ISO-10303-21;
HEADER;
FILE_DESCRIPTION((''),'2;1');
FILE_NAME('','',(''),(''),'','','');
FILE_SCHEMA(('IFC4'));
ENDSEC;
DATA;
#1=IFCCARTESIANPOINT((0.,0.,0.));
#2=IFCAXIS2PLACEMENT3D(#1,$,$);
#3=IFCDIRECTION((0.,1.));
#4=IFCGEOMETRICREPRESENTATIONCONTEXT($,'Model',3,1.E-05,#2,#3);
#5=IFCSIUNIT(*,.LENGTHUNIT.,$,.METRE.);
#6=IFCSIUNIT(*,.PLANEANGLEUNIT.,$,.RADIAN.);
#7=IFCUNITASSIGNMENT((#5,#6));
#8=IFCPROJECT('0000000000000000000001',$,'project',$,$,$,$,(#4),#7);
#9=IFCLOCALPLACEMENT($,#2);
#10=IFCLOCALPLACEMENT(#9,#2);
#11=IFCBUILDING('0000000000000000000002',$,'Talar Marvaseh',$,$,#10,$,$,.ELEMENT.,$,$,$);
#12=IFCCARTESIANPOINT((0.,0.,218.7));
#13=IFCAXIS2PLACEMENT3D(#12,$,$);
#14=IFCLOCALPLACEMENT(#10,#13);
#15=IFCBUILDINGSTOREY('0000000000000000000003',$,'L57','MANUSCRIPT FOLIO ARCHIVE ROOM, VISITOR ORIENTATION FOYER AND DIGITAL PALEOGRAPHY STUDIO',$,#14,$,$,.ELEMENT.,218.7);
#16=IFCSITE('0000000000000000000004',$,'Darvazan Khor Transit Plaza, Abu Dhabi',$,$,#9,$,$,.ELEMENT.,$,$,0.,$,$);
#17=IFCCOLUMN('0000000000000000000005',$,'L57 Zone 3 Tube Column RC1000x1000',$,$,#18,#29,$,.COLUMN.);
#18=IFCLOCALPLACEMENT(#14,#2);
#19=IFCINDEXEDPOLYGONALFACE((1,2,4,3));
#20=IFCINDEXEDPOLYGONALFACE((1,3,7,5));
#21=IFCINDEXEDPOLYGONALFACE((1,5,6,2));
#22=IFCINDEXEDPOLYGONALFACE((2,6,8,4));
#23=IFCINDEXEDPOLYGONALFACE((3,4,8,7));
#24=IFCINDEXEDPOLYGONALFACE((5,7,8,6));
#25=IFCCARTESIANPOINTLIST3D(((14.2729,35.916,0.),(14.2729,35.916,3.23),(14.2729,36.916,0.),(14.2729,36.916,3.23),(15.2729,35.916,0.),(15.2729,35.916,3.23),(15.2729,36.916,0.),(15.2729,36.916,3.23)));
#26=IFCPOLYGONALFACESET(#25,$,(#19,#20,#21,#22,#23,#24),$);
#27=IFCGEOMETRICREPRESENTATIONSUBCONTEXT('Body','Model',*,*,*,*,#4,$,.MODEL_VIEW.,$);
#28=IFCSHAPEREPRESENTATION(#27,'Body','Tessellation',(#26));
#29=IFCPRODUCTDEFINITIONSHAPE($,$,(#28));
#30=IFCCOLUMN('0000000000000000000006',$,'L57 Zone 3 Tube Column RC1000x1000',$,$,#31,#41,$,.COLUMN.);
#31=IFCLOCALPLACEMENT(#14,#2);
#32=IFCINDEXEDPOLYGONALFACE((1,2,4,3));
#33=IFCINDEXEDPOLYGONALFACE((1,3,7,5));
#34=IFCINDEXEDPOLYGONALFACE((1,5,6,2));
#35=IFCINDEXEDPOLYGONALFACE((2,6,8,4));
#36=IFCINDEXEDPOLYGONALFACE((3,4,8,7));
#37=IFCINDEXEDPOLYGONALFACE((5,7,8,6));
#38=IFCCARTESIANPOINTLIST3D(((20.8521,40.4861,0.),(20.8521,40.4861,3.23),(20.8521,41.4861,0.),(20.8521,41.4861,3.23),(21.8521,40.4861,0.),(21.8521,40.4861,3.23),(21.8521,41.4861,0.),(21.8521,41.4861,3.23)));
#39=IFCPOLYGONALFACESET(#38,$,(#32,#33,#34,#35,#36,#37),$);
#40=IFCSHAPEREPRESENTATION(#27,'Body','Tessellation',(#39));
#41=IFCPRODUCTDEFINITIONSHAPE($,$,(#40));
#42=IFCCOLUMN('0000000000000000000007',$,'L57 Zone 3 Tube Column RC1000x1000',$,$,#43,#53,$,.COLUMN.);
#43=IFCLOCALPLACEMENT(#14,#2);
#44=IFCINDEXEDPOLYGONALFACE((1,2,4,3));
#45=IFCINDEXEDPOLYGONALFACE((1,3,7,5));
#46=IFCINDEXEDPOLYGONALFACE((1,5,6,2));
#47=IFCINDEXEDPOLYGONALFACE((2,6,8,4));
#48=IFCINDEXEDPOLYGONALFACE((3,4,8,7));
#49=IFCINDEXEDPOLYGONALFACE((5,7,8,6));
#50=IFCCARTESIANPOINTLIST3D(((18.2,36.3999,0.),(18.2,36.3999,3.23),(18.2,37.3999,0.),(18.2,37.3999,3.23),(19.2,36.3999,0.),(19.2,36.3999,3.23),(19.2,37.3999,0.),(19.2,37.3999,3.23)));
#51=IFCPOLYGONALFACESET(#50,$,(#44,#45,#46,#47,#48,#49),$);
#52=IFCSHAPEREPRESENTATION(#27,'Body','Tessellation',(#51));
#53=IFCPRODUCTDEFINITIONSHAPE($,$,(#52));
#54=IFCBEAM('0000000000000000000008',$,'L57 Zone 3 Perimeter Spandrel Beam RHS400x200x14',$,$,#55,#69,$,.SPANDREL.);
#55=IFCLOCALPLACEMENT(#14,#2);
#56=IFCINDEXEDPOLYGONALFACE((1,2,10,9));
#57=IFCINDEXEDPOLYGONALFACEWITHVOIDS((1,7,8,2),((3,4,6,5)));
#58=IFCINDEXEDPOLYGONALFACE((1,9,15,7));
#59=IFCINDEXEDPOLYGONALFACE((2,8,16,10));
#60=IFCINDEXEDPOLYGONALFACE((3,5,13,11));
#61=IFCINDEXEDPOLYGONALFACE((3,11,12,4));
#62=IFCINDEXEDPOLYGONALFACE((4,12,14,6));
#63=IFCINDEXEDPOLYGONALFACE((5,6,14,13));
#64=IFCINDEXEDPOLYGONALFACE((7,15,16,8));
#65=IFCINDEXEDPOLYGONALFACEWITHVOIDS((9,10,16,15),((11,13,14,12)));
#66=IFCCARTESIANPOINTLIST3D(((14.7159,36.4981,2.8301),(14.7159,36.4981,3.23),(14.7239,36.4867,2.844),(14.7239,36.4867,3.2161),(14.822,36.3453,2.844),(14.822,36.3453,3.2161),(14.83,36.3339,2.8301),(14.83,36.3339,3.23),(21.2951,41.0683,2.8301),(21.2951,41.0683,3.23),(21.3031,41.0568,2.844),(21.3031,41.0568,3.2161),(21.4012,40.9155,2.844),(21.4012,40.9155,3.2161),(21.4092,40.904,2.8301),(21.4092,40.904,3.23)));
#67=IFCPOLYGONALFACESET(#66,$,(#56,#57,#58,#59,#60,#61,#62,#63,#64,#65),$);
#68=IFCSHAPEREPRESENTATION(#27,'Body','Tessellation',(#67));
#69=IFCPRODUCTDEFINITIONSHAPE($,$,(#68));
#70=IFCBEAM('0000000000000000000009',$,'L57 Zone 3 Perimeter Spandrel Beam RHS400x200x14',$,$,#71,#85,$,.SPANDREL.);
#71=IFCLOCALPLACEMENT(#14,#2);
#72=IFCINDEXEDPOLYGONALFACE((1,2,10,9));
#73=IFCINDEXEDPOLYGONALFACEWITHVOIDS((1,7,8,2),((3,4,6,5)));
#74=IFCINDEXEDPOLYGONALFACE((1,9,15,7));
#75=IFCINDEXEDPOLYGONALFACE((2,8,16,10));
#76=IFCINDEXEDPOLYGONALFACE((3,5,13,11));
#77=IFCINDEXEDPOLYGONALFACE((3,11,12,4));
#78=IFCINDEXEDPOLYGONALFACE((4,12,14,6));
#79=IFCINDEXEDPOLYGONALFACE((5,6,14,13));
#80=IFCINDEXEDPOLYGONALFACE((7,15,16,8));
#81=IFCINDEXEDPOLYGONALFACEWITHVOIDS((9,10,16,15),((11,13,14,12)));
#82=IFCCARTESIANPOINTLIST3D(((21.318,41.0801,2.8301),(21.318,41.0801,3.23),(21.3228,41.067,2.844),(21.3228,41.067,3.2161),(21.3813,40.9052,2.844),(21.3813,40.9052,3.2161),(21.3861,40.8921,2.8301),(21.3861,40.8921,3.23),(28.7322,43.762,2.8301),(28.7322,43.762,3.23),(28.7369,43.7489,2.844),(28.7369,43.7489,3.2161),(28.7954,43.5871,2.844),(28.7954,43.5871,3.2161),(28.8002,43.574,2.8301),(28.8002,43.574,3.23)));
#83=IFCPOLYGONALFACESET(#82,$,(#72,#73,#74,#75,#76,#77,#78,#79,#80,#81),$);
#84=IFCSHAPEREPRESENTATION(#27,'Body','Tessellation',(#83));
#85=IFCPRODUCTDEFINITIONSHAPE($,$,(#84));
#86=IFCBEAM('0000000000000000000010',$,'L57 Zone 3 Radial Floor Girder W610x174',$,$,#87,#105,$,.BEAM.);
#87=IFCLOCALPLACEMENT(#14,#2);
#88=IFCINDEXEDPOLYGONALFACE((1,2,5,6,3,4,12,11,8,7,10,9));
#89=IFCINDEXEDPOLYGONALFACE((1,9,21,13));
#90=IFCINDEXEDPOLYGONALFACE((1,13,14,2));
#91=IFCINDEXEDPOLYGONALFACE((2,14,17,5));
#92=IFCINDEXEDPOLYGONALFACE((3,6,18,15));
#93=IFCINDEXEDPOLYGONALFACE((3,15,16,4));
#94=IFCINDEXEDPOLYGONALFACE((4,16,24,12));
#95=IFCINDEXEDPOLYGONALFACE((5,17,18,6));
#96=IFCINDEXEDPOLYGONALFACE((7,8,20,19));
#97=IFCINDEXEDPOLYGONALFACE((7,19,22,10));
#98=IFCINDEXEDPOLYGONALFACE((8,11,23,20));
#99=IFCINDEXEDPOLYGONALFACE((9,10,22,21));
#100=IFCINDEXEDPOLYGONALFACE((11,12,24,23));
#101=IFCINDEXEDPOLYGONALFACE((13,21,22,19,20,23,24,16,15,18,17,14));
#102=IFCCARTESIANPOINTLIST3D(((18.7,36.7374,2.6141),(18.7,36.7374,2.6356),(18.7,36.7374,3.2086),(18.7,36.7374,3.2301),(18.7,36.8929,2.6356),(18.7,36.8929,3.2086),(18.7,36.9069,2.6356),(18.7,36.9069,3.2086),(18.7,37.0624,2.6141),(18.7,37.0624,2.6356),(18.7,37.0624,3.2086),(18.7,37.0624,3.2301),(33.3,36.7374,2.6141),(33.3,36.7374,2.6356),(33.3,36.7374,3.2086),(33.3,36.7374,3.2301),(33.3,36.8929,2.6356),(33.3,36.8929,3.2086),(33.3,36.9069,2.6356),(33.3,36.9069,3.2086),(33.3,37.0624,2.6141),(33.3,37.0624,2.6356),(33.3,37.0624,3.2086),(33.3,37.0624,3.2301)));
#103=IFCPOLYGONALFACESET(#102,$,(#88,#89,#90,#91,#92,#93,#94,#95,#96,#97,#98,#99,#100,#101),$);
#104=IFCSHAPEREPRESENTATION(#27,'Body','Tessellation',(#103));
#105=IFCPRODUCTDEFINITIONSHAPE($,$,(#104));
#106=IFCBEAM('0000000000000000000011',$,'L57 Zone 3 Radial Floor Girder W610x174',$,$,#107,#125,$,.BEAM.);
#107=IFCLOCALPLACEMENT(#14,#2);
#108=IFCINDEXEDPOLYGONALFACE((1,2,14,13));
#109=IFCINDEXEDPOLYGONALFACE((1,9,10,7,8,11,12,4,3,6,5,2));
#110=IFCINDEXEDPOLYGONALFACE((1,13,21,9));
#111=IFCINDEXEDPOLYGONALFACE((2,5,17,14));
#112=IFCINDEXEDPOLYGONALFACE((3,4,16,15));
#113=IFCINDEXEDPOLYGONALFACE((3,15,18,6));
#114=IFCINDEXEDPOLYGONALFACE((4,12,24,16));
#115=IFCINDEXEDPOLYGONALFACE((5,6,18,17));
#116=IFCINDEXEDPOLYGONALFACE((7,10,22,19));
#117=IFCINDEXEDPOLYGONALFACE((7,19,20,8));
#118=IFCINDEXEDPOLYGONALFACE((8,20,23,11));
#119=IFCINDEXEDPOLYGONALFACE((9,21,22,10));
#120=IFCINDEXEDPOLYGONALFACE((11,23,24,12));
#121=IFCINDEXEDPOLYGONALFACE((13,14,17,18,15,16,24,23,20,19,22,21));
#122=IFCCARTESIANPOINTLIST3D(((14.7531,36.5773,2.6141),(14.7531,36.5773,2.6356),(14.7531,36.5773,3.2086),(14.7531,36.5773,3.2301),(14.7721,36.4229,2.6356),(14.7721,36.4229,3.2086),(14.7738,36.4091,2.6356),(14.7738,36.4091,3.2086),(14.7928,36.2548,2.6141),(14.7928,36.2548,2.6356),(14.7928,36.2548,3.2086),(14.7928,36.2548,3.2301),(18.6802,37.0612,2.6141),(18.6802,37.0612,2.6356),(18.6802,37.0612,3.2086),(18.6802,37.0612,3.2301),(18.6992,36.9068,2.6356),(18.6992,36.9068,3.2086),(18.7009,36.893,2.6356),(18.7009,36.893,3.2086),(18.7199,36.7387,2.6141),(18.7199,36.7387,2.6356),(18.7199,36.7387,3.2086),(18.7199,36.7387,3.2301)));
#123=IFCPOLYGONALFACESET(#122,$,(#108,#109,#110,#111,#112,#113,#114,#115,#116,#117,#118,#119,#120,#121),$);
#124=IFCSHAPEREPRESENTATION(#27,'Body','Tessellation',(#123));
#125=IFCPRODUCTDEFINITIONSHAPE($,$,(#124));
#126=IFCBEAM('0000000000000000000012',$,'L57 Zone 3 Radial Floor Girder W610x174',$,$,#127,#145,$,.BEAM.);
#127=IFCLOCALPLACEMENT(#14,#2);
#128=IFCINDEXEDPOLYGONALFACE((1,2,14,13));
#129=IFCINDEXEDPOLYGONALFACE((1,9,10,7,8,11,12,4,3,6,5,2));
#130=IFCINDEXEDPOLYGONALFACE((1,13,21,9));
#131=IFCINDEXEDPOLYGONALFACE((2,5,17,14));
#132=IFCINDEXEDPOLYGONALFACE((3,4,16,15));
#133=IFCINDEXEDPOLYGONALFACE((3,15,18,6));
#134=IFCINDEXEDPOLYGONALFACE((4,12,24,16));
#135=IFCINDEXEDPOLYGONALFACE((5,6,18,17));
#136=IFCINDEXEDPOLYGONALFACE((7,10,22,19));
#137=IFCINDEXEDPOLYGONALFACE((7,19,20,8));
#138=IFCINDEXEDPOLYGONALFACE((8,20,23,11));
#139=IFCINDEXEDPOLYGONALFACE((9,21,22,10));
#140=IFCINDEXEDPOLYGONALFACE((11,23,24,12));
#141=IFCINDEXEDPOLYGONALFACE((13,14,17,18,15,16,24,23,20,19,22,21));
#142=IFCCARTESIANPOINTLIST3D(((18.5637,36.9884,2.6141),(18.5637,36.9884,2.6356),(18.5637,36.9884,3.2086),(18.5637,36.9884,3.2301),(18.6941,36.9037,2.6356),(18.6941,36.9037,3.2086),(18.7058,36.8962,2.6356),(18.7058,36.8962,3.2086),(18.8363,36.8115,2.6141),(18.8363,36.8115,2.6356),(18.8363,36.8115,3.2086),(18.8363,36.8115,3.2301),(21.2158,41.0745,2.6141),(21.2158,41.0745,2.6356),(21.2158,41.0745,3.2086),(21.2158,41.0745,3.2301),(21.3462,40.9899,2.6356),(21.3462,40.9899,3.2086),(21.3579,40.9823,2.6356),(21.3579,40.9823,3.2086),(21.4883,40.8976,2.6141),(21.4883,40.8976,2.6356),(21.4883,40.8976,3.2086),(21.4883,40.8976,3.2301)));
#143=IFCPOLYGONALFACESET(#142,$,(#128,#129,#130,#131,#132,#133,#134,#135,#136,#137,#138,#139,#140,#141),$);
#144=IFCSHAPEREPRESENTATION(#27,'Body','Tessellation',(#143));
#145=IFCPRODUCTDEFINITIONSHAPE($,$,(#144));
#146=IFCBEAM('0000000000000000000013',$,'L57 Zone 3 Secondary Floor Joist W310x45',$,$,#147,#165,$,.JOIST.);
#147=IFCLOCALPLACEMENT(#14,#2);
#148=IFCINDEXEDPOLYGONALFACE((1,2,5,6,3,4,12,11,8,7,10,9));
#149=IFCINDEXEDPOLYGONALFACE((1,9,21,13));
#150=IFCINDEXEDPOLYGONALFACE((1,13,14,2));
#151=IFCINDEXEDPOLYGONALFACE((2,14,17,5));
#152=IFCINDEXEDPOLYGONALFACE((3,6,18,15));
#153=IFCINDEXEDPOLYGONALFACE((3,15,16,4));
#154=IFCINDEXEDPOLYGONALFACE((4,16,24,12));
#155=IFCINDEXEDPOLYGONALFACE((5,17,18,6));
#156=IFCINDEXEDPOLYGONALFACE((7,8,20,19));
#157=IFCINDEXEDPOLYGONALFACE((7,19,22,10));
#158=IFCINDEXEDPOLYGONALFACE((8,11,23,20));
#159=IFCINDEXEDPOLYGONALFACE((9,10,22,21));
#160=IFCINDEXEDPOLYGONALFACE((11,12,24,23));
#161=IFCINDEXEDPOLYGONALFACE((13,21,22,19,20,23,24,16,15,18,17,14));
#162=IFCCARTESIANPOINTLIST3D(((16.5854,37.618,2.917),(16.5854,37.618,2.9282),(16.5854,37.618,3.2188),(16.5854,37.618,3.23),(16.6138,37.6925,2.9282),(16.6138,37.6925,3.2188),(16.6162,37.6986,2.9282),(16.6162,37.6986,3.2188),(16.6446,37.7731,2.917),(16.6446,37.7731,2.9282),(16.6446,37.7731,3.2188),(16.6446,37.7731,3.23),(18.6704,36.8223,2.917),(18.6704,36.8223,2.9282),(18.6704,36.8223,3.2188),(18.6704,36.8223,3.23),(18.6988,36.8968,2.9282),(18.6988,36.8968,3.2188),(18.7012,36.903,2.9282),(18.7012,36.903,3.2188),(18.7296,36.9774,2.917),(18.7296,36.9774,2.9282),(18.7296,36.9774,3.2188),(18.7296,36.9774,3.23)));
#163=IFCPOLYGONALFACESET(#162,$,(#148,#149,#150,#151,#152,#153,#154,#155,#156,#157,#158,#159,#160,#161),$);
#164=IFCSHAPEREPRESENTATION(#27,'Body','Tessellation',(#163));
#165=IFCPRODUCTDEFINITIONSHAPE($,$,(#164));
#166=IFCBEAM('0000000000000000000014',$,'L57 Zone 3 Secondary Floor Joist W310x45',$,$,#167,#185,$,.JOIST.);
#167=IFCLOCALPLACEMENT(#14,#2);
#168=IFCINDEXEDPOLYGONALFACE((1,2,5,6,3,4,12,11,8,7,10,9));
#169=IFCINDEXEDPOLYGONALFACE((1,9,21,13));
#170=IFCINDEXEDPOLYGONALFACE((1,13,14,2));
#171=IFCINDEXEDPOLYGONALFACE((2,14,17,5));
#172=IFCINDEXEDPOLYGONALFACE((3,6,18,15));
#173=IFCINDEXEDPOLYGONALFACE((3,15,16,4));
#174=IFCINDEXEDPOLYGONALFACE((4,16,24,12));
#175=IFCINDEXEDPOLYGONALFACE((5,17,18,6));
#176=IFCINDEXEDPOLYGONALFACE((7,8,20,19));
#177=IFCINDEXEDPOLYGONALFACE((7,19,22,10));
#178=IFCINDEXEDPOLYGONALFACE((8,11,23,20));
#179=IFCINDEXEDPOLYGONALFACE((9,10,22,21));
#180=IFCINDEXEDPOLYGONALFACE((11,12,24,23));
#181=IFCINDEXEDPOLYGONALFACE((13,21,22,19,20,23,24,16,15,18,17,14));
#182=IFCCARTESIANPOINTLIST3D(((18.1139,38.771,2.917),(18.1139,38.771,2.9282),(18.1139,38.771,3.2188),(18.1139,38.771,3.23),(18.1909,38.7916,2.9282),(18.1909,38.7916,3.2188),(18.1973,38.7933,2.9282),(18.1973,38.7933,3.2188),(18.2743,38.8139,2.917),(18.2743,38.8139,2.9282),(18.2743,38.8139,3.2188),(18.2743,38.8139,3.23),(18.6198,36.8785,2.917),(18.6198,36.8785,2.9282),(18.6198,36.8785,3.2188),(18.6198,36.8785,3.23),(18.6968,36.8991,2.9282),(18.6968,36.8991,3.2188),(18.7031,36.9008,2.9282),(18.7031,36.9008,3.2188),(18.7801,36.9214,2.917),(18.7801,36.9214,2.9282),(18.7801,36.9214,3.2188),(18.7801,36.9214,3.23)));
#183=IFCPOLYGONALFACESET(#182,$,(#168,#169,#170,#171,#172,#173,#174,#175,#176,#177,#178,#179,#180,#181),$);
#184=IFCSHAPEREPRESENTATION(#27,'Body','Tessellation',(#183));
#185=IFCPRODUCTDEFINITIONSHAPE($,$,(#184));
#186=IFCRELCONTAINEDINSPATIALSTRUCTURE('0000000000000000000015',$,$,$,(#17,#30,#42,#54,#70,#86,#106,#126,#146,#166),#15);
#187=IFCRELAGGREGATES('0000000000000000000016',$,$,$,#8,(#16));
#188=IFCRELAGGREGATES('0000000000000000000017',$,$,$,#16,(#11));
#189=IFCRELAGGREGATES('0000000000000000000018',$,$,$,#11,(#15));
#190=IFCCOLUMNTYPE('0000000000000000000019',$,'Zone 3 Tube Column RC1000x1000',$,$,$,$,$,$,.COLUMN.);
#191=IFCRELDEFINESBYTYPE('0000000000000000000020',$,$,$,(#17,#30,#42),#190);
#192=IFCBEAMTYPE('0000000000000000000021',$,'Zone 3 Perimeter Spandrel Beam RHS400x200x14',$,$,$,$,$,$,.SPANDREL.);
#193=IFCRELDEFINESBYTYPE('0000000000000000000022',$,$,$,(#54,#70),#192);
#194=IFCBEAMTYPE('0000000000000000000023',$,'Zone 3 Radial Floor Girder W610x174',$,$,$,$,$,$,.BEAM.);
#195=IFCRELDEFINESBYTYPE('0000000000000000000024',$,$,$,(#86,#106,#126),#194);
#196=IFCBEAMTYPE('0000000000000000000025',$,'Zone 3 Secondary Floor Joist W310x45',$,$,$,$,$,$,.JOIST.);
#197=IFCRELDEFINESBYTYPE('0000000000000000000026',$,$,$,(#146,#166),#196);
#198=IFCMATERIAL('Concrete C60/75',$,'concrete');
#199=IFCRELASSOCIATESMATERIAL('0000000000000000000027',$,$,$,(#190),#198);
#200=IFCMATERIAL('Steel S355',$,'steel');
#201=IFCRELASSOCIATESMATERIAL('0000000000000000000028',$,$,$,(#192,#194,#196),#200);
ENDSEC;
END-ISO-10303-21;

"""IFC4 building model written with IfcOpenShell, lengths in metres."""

from ifc_helpers import new_model, si_unit, direction, frame, origin, origin_2d, place, context, subcontext, project, spatial, rectangle, hollow_rectangle, i_section, extrude, material, material_profile, profile_set, type_object, element, save


model = new_model("IFC4")

# Units and contexts
model_context = context("Model", 3, precision=1e-05, world=origin(), true_north=direction((0.0, 1.0)))
body_context = subcontext(model_context, "Body", "Model", "MODEL_VIEW")
ifc_project = project(units=[si_unit("LENGTHUNIT", "METRE"), si_unit("PLANEANGLEUNIT", "RADIAN")], contexts=[model_context])

# Site, building, storey
site_placement = place(None, origin())
site = spatial("IfcSite", under=ifc_project, at=site_placement, Name="Darvazan Khor Transit Plaza, Abu Dhabi", CompositionType="ELEMENT", RefElevation=0.0)
building_placement = place(site_placement, origin())
building = spatial("IfcBuilding", under=site, at=building_placement, Name="Talar Marvaseh", CompositionType="ELEMENT")
storey_placement = place(building_placement, frame((0.0, 0.0, 218.7)))
storey = spatial("IfcBuildingStorey", under=building, at=storey_placement, Name="L57", Description="MANUSCRIPT FOLIO ARCHIVE ROOM, VISITOR ORIENTATION FOYER AND DIGITAL PALEOGRAPHY STUDIO", CompositionType="ELEMENT", Elevation=218.7)

# Columns
ifc_material_1 = material(Name="Concrete C60/75", Category="concrete")
ifc_material_profile_1 = material_profile(ifc_material_1, rectangle(XDim=1.0, YDim=1.0, at=origin_2d()), Name="RC1000x1000")
ifc_profile_set_1 = profile_set([ifc_material_profile_1], Name="Concrete C60/75")
column_type = type_object("IfcColumnType", Name="Zone 3 Tube Column RC1000x1000", PredefinedType="COLUMN", material=ifc_profile_set_1)
for number, where, z_axis, x_axis, name in (
    (1, (14.7729, 36.416, 0.0), (0.0, 0.0, 1.0), (1.0, 0.0, 0.0), "L57 Zone 3 Tube Column RC1000x1000"),
    (2, (21.3521, 40.9861, 0.0), (0.0, 0.0, 1.0), (1.0, 0.0, 0.0), "L57 Zone 3 Tube Column RC1000x1000"),
    (3, (18.7, 36.8999, 0.0), (0.0, 0.0, 1.0), (1.0, 0.0, 0.0), "L57 Zone 3 Tube Column RC1000x1000"),
):
    element("IfcColumn", number, at=place(storey_placement, frame(where, z_axis=z_axis, x_axis=x_axis)), inside=storey, type_object=column_type, Name=name, PredefinedType="COLUMN", context=body_context, shape_type="SweptSolid", body=[
        extrude(rectangle(XDim=1.0, YDim=1.0, at=origin_2d()), origin(), (0.0, 0.0, 1.0), 3.23),
    ])

# Beams
ifc_material_2 = material(Name="Steel S355", Category="steel")
ifc_material_profile_2 = material_profile(ifc_material_2, hollow_rectangle(XDim=0.2, YDim=0.3999, WallThickness=0.0139, at=origin_2d()), Name="RHS400x200x14")
ifc_profile_set_2 = profile_set([ifc_material_profile_2], Name="Steel S355")
beam_type_1 = type_object("IfcBeamType", Name="Zone 3 Perimeter Spandrel Beam RHS400x200x14", PredefinedType="SPANDREL", material=ifc_profile_set_2)
beam_1_placement = place(storey_placement, frame((14.7729, 36.416, 3.03), z_axis=(0.821297, 0.570501, 0.0), x_axis=(-0.570501, 0.821297, 0.0)))
element("IfcBeam", 4, at=beam_1_placement, inside=storey, type_object=beam_type_1, Name="L57 Zone 3 Perimeter Spandrel Beam RHS400x200x14", PredefinedType="SPANDREL", context=body_context, shape_type="SweptSolid", body=[
    extrude(hollow_rectangle(XDim=0.2, YDim=0.3999, WallThickness=0.0139, at=origin_2d()), origin(), (0.0, 0.0, 1.0), 8.0107),
])
beam_2_placement = place(storey_placement, frame((21.3521, 40.9861, 3.03), z_axis=(0.940368, 0.340159, 0.0), x_axis=(-0.340159, 0.940368, 0.0)))
element("IfcBeam", 5, at=beam_2_placement, inside=storey, type_object=beam_type_1, Name="L57 Zone 3 Perimeter Spandrel Beam RHS400x200x14", PredefinedType="SPANDREL", context=body_context, shape_type="SweptSolid", body=[
    extrude(hollow_rectangle(XDim=0.2, YDim=0.3999, WallThickness=0.0139, at=origin_2d()), origin(), (0.0, 0.0, 1.0), 7.8843),
])
ifc_material_profile_3 = material_profile(ifc_material_2, i_section(OverallWidth=0.325, OverallDepth=0.616, WebThickness=0.0139, FlangeThickness=0.0215, at=origin_2d()), Name="W610x174")
ifc_profile_set_3 = profile_set([ifc_material_profile_3], Name="Steel S355")
beam_type_2 = type_object("IfcBeamType", Name="Zone 3 Radial Floor Girder W610x174", PredefinedType="BEAM", material=ifc_profile_set_3)
beam_3_placement = place(storey_placement, frame((18.7, 36.8999, 2.9221), z_axis=(1.0, 0.0, 0.0), x_axis=(0.0, 1.0, 0.0)))
element("IfcBeam", 6, at=beam_3_placement, inside=storey, type_object=beam_type_2, Name="L57 Zone 3 Radial Floor Girder W610x174", PredefinedType="BEAM", context=body_context, shape_type="SweptSolid", body=[
    extrude(i_section(OverallWidth=0.325, OverallDepth=0.616, WebThickness=0.0139, FlangeThickness=0.0215, at=origin_2d()), origin(), (0.0, 0.0, 1.0), 14.6001),
])
beam_4_placement = place(storey_placement, frame((14.7729, 36.416, 2.9221), z_axis=(0.992494, 0.122295, 0.0), x_axis=(-0.122295, 0.992494, 0.0)))
element("IfcBeam", 7, at=beam_4_placement, inside=storey, type_object=beam_type_2, Name="L57 Zone 3 Radial Floor Girder W610x174", PredefinedType="BEAM", context=body_context, shape_type="SweptSolid", body=[
    extrude(i_section(OverallWidth=0.325, OverallDepth=0.616, WebThickness=0.0139, FlangeThickness=0.0215, at=origin_2d()), origin(), (0.0, 0.0, 1.0), 3.9568),
])
beam_5_placement = place(storey_placement, frame((21.3521, 40.9861, 2.9221), z_axis=(-0.544423, -0.838811, 0.0), x_axis=(0.838811, -0.544423, 0.0)))
element("IfcBeam", 8, at=beam_5_placement, inside=storey, type_object=beam_type_2, Name="L57 Zone 3 Radial Floor Girder W610x174", PredefinedType="BEAM", context=body_context, shape_type="SweptSolid", body=[
    extrude(i_section(OverallWidth=0.325, OverallDepth=0.616, WebThickness=0.0139, FlangeThickness=0.0215, at=origin_2d()), origin(), (0.0, 0.0, 1.0), 4.8713),
])
ifc_material_profile_4 = material_profile(ifc_material_2, i_section(OverallWidth=0.166, OverallDepth=0.313, WebThickness=0.0066, FlangeThickness=0.0112, at=origin_2d()), Name="W310x45")
ifc_profile_set_4 = profile_set([ifc_material_profile_4], Name="Steel S355")
beam_type_3 = type_object("IfcBeamType", Name="Zone 3 Secondary Floor Joist W310x45", PredefinedType="JOIST", material=ifc_profile_set_4)
beam_6_placement = place(storey_placement, frame((16.615, 37.6956, 3.0735), z_axis=(0.934281, -0.356537, 0.0), x_axis=(0.356537, 0.934281, 0.0)))
element("IfcBeam", 9, at=beam_6_placement, inside=storey, type_object=beam_type_3, Name="L57 Zone 3 Secondary Floor Joist W310x45", PredefinedType="JOIST", context=body_context, shape_type="SweptSolid", body=[
    extrude(i_section(OverallWidth=0.166, OverallDepth=0.313, WebThickness=0.0066, FlangeThickness=0.0112, at=origin_2d()), origin(), (0.0, 0.0, 1.0), 2.2317),
])
beam_7_placement = place(storey_placement, frame((18.1941, 38.7925, 3.0735), z_axis=(0.258221, -0.966086, 0.0), x_axis=(0.966086, 0.258221, 0.0)))
element("IfcBeam", 10, at=beam_7_placement, inside=storey, type_object=beam_type_3, Name="L57 Zone 3 Secondary Floor Joist W310x45", PredefinedType="JOIST", context=body_context, shape_type="SweptSolid", body=[
    extrude(i_section(OverallWidth=0.166, OverallDepth=0.313, WebThickness=0.0066, FlangeThickness=0.0112, at=origin_2d()), origin(), (0.0, 0.0, 1.0), 1.959),
])

save(model, "model.ifc")
